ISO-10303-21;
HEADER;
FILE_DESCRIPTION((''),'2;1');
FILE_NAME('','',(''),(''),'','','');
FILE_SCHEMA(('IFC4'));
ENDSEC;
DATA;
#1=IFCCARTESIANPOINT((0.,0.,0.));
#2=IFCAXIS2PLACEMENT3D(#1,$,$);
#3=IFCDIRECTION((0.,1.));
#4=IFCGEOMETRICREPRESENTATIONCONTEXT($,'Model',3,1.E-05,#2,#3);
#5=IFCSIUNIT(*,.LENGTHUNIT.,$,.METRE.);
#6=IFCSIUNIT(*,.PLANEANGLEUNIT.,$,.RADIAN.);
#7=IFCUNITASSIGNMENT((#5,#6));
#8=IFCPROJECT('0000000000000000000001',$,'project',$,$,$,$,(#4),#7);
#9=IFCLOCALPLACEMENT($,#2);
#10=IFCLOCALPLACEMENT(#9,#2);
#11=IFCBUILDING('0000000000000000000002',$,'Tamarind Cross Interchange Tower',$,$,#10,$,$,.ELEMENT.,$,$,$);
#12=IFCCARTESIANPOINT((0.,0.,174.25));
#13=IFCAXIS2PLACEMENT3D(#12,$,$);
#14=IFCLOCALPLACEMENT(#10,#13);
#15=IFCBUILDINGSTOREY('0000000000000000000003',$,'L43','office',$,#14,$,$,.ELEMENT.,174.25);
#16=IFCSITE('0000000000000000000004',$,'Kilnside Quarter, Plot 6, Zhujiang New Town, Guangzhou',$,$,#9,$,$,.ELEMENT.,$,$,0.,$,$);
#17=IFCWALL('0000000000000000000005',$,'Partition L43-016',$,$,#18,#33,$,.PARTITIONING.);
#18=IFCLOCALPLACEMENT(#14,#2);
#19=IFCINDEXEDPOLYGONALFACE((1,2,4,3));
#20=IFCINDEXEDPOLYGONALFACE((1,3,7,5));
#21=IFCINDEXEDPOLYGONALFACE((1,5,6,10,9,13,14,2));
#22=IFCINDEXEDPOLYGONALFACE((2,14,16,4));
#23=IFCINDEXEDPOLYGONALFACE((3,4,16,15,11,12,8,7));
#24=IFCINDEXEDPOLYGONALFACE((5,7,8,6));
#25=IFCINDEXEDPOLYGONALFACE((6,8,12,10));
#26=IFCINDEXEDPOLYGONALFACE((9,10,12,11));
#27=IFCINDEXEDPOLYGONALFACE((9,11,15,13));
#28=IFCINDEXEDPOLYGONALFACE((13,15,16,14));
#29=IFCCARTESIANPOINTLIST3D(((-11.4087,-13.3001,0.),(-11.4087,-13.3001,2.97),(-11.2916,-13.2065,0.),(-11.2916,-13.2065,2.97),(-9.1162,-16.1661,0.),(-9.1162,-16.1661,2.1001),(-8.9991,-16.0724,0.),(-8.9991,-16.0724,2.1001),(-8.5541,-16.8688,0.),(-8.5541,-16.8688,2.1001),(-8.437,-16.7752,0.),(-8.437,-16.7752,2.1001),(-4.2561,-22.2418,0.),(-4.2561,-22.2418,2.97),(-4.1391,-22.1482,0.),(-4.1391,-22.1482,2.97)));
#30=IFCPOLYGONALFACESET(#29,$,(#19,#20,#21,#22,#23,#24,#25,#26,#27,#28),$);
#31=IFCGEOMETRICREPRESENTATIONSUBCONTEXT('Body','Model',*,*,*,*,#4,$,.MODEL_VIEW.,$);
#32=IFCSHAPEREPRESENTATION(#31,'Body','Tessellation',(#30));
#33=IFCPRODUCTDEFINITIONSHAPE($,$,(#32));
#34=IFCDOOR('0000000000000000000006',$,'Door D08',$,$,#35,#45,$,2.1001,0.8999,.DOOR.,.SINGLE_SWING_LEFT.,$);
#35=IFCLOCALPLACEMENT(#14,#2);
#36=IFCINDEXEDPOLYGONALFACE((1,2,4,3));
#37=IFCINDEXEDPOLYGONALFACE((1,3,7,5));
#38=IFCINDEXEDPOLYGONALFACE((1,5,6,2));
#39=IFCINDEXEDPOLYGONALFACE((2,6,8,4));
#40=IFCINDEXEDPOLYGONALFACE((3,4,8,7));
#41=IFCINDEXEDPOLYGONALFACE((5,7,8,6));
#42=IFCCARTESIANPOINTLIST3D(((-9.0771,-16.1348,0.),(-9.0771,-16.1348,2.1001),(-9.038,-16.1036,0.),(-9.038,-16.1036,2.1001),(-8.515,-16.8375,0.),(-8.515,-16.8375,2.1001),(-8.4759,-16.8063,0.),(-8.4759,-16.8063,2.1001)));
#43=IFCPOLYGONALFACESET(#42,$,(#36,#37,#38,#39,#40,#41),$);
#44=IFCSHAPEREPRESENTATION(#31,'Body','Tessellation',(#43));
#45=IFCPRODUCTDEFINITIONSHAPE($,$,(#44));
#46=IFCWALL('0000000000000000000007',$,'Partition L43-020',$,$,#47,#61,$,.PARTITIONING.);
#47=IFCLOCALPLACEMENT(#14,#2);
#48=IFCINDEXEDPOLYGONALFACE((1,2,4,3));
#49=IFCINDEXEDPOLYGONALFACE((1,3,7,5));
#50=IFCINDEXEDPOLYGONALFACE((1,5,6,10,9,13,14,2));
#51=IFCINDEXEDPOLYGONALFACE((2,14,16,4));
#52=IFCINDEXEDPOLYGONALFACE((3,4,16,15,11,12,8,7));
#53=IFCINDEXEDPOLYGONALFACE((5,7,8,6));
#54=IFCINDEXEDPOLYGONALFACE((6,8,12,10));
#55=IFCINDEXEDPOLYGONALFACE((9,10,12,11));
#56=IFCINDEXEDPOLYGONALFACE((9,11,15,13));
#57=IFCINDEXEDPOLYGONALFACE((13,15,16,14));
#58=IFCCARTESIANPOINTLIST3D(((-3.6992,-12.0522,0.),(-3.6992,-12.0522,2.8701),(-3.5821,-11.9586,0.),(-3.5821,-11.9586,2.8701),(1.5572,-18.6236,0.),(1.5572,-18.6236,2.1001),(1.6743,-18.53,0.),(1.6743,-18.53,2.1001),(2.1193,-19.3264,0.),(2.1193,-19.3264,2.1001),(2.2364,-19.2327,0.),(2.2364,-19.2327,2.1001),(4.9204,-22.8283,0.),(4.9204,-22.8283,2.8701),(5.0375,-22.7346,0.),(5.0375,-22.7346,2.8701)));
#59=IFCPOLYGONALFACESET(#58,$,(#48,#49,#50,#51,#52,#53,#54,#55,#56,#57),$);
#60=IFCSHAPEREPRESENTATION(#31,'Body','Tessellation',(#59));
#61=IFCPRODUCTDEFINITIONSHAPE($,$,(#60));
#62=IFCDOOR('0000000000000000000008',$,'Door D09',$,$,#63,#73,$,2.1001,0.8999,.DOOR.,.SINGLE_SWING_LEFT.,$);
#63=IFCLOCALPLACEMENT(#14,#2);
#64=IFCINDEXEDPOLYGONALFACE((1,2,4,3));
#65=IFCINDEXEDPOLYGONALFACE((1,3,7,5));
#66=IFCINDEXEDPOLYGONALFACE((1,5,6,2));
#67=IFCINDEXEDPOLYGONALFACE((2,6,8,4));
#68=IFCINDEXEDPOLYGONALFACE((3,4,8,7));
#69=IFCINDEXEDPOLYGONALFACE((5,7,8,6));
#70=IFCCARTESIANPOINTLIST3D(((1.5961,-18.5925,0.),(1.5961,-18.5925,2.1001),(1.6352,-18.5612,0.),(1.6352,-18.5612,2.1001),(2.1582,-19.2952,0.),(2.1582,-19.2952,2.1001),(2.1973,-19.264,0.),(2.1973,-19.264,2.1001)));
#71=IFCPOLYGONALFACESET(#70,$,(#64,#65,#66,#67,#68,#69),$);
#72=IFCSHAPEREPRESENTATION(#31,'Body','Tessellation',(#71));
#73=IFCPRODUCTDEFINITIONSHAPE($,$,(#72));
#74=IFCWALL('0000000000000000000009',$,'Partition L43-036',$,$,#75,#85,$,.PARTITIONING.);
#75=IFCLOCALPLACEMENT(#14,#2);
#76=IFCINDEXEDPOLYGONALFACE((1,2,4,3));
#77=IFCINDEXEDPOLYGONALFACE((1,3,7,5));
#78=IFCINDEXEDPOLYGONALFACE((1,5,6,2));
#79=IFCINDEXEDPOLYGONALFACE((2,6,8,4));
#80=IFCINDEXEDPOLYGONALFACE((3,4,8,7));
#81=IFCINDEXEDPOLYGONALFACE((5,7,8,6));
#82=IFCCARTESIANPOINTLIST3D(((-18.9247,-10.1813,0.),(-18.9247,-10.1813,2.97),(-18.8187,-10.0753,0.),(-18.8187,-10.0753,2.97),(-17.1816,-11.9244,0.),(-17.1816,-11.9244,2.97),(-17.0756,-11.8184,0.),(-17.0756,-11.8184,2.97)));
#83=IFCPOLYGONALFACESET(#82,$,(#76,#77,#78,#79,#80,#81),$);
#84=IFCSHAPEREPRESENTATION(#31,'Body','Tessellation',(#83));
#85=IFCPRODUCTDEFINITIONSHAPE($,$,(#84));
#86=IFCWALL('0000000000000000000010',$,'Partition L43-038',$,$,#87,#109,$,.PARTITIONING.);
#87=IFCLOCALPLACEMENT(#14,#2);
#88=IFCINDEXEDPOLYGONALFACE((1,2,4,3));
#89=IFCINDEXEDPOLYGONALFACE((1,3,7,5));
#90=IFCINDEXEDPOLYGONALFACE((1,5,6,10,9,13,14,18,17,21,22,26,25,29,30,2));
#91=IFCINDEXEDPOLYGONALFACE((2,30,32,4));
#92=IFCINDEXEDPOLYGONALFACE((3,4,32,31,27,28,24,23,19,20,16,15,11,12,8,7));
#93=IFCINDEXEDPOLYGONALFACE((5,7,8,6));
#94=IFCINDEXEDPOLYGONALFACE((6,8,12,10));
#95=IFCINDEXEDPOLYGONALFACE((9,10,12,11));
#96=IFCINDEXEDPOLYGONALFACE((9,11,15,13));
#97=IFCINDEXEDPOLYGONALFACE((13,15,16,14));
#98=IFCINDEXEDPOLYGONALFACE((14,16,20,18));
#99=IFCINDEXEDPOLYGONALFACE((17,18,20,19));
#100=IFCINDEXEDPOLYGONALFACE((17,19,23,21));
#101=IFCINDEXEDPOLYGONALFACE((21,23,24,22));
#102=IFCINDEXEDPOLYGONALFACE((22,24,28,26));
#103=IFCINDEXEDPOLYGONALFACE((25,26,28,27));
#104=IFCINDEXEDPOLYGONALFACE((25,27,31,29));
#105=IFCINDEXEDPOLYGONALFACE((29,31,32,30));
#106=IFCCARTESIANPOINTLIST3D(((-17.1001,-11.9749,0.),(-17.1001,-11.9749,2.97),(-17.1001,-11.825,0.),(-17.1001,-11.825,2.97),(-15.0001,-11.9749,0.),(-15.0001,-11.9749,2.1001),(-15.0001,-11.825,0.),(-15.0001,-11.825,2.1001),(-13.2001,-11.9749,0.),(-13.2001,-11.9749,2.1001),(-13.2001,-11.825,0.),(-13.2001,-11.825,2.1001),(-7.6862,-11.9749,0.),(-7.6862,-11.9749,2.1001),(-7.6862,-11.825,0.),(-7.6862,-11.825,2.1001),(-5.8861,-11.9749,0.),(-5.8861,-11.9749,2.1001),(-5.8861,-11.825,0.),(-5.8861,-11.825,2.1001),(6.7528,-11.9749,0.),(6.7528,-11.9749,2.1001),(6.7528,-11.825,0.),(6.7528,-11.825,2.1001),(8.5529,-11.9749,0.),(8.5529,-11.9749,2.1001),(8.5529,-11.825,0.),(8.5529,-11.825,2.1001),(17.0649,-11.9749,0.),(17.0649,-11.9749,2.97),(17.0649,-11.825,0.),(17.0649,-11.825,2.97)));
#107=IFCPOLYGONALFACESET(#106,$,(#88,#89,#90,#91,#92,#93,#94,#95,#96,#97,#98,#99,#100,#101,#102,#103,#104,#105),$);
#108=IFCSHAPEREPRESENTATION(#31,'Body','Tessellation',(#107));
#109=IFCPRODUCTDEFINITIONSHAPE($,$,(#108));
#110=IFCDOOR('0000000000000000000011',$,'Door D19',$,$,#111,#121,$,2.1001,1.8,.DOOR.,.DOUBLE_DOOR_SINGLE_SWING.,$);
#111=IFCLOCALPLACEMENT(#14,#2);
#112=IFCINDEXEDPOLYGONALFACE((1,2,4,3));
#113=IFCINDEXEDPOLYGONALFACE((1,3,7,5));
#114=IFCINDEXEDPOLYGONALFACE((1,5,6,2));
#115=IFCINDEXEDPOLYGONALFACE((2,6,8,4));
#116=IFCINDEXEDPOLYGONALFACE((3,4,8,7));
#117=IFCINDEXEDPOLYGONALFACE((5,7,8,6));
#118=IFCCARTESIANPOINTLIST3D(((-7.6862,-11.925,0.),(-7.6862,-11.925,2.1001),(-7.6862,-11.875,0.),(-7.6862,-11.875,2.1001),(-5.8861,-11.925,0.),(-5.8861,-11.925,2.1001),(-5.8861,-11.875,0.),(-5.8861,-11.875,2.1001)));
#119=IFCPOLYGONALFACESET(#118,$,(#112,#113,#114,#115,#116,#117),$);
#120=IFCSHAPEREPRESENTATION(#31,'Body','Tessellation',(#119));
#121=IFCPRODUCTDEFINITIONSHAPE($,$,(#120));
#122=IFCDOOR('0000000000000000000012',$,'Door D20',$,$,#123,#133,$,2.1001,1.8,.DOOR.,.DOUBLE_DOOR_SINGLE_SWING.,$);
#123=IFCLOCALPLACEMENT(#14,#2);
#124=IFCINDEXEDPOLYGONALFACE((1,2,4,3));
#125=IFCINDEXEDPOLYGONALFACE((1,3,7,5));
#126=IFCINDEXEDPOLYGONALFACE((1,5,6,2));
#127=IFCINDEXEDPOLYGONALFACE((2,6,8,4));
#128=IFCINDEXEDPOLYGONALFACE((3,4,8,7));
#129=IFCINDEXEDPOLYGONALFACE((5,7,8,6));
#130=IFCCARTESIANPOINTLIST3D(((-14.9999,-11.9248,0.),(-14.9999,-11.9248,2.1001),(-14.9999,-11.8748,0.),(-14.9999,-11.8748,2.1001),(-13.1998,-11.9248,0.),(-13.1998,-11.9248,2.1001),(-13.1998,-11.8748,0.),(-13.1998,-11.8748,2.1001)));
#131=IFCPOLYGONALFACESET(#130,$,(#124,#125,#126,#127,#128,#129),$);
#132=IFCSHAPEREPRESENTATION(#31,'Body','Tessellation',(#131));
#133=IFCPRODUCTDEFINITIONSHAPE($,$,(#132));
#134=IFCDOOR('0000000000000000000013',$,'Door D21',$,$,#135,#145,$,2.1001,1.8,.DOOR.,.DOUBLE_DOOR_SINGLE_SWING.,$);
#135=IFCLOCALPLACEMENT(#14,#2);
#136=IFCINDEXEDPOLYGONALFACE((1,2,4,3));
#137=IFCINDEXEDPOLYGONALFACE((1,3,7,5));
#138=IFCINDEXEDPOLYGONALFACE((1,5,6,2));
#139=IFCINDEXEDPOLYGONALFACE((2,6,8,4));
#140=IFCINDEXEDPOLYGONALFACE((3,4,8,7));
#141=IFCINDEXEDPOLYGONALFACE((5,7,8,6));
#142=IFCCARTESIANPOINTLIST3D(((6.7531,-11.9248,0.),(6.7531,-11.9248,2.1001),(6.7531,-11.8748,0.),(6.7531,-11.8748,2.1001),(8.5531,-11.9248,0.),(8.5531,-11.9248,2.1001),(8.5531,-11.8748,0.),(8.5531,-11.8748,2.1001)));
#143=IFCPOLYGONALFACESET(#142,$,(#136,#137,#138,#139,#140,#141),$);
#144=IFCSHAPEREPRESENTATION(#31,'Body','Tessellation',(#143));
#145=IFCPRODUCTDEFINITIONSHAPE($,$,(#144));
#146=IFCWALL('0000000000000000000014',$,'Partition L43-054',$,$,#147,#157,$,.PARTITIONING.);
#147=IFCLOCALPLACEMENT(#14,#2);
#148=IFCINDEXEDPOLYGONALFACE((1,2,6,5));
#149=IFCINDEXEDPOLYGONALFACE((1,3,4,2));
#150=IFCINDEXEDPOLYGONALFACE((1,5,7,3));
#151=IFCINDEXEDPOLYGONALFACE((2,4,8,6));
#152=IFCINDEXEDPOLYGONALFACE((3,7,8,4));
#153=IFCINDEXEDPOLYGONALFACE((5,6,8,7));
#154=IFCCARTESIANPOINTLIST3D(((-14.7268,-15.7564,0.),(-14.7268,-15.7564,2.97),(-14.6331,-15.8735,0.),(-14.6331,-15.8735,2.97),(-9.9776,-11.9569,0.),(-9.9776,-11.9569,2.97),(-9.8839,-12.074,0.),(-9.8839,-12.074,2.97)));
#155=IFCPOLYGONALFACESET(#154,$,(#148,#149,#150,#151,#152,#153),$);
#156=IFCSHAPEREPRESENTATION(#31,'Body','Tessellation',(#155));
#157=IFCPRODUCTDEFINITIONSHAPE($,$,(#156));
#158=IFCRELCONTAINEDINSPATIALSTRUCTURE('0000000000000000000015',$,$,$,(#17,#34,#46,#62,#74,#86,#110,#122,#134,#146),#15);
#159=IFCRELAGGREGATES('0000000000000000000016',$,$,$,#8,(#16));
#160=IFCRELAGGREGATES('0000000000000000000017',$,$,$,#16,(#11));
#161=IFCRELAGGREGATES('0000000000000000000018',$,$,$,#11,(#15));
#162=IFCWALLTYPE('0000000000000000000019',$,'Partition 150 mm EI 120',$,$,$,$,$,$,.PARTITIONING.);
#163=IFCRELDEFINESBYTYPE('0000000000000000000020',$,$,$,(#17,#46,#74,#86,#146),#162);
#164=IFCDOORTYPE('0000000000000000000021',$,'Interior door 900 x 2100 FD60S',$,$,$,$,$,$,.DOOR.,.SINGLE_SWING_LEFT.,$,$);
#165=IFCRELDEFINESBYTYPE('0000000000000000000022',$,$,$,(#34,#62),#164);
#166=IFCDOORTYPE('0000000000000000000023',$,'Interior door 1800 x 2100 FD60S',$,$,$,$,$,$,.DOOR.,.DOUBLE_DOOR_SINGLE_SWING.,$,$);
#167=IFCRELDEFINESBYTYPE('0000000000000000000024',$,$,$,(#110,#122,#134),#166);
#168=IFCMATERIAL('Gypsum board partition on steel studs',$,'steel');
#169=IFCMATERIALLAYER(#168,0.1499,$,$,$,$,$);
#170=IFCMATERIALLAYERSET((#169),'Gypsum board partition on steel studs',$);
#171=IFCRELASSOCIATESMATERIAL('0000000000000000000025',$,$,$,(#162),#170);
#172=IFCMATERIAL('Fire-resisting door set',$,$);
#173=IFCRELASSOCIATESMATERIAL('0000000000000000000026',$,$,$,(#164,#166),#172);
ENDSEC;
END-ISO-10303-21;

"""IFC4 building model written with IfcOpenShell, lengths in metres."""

from ifc_helpers import new_model, si_unit, direction, frame, frame_2d, origin, place, context, subcontext, project, spatial, rectangle, extrude, material, layer, layer_set, type_object, element, fill, save


model = new_model("IFC4")

# Units and contexts
model_context = context("Model", 3, precision=1e-05, world=origin(), true_north=direction((0.0, 1.0)))
body_context = subcontext(model_context, "Body", "Model", "MODEL_VIEW")
ifc_project = project(units=[si_unit("LENGTHUNIT", "METRE"), si_unit("PLANEANGLEUNIT", "RADIAN")], contexts=[model_context])

# Site, building, storey
site_placement = place(None, origin())
site = spatial("IfcSite", under=ifc_project, at=site_placement, Name="Kilnside Quarter, Plot 6, Zhujiang New Town, Guangzhou", CompositionType="ELEMENT", RefElevation=0.0)
building_placement = place(site_placement, origin())
building = spatial("IfcBuilding", under=site, at=building_placement, Name="Tamarind Cross Interchange Tower", CompositionType="ELEMENT")
storey_placement = place(building_placement, frame((0.0, 0.0, 174.25)))
storey = spatial("IfcBuildingStorey", under=building, at=storey_placement, Name="L43", Description="office", CompositionType="ELEMENT", Elevation=174.25)

# Shared definitions
ifc_material_1 = material(Name="Gypsum board partition on steel studs", Category="steel")

# Walls, openings, doors
ifc_layer_1 = layer(ifc_material_1, 0.1499)
ifc_layer_set_1 = layer_set([ifc_layer_1], Name="Gypsum board partition on steel studs")
wall_type_1 = type_object("IfcWallType", Name="Partition 150 mm EI 120", PredefinedType="PARTITIONING", material=ifc_layer_set_1)
wall_1_placement = place(storey_placement, frame((-11.3501, -13.2534, 0.0), z_axis=(0.0, 0.0, 1.0), x_axis=(0.624656, -0.7809, 0.0)))
wall_1 = element("IfcWall", 1, at=wall_1_placement, inside=storey, type_object=wall_type_1, Name="Partition L43-016", PredefinedType="PARTITIONING", context=body_context, shape_type="SweptSolid", body=[
    extrude(rectangle(XDim=11.4504, YDim=0.1499, at=frame_2d((5.7251, 0.0))), origin(), (0.0, 0.0, 1.0), 2.97),
])
opening_1_placement = place(wall_1_placement, frame((3.6699, 0.0, 0.0)))
opening_1 = element("IfcOpeningElement", 2, at=opening_1_placement, cuts=wall_1, PredefinedType="OPENING", context=body_context, shape_type="SweptSolid", body=[
    extrude(rectangle(XDim=0.8999, YDim=2.1001, at=frame_2d((0.45, 1.05))), frame((0.0, 0.085, 0.0), z_axis=(0.0, -1.0, 0.0), x_axis=(1.0, 0.0, 0.0)), (0.0, 0.0, 1.0), 0.1699),
])
ifc_material_2 = material(Name="Fire-resisting door set")
door_type_1 = type_object("IfcDoorType", Name="Interior door 900 x 2100 FD60S", OperationType="SINGLE_SWING_LEFT", PredefinedType="DOOR", material=ifc_material_2)
door_1_placement = place(opening_1_placement, frame((0.8999, 0.0, 0.0), z_axis=(0.0, 0.0, 1.0), x_axis=(-1.0, 0.0, 0.0)))
door_1 = element("IfcDoor", 3, at=door_1_placement, inside=storey, type_object=door_type_1, Name="Door D08", OperationType="SINGLE_SWING_LEFT", OverallHeight=2.1001, OverallWidth=0.8999, PredefinedType="DOOR", context=body_context, shape_type="SweptSolid", body=[
    extrude(rectangle(XDim=0.8999, YDim=2.1001, at=frame_2d((0.45, 1.05))), frame((0.0, 0.0249, 0.0), z_axis=(0.0, -1.0, 0.0), x_axis=(1.0, 0.0, 0.0)), (0.0, 0.0, 1.0), 0.05),
])
fill(opening_1, door_1)
wall_2_placement = place(storey_placement, frame((-3.6406, -12.0054, 0.0), z_axis=(0.0, 0.0, 1.0), x_axis=(0.624639, -0.780914, 0.0)))
wall_2 = element("IfcWall", 4, at=wall_2_placement, inside=storey, type_object=wall_type_1, Name="Partition L43-020", PredefinedType="PARTITIONING", context=body_context, shape_type="SweptSolid", body=[
    extrude(rectangle(XDim=13.7993, YDim=0.1499, at=frame_2d((6.8997, 0.0))), origin(), (0.0, 0.0, 1.0), 2.8701),
])
opening_2_placement = place(wall_2_placement, frame((8.415, 0.0, 0.0)))
opening_2 = element("IfcOpeningElement", 5, at=opening_2_placement, cuts=wall_2, PredefinedType="OPENING", context=body_context, shape_type="SweptSolid", body=[
    extrude(rectangle(XDim=0.8999, YDim=2.1001, at=frame_2d((0.45, 1.05))), frame((0.0, 0.085, 0.0), z_axis=(0.0, -1.0, 0.0), x_axis=(1.0, 0.0, 0.0)), (0.0, 0.0, 1.0), 0.1699),
])
door_2_placement = place(opening_2_placement, origin())
door_2 = element("IfcDoor", 6, at=door_2_placement, inside=storey, type_object=door_type_1, Name="Door D09", OperationType="SINGLE_SWING_LEFT", OverallHeight=2.1001, OverallWidth=0.8999, PredefinedType="DOOR", context=body_context, shape_type="SweptSolid", body=[
    extrude(rectangle(XDim=0.8999, YDim=2.1001, at=frame_2d((0.45, 1.05))), frame((0.0, 0.0249, 0.0), z_axis=(0.0, -1.0, 0.0), x_axis=(1.0, 0.0, 0.0)), (0.0, 0.0, 1.0), 0.05),
])
fill(opening_2, door_2)

# Wall
wall_3_placement = place(storey_placement, frame((-18.8716, -10.1284, 0.0), z_axis=(0.0, 0.0, 1.0), x_axis=(0.707107, -0.707107, 0.0)))
element("IfcWall", 7, at=wall_3_placement, inside=storey, type_object=wall_type_1, Name="Partition L43-036", PredefinedType="PARTITIONING", context=body_context, shape_type="SweptSolid", body=[
    extrude(rectangle(XDim=2.4651, YDim=0.1499, at=frame_2d((1.2324, 0.0))), origin(), (0.0, 0.0, 1.0), 2.97),
])

# Wall, openings, doors
wall_4_placement = place(storey_placement, frame((-17.1001, -11.8999, 0.0), z_axis=(0.0, 0.0, 1.0), x_axis=(1.0, 0.0, 0.0)))
wall_4 = element("IfcWall", 8, at=wall_4_placement, inside=storey, type_object=wall_type_1, Name="Partition L43-038", PredefinedType="PARTITIONING", context=body_context, shape_type="SweptSolid", body=[
    extrude(rectangle(XDim=34.165, YDim=0.1499, at=frame_2d((17.0825, 0.0))), origin(), (0.0, 0.0, 1.0), 2.97),
])
opening_3_placement = place(wall_4_placement, frame((9.4141, 0.0, 0.0)))
opening_3 = element("IfcOpeningElement", 9, at=opening_3_placement, cuts=wall_4, PredefinedType="OPENING", context=body_context, shape_type="SweptSolid", body=[
    extrude(rectangle(XDim=1.8, YDim=2.1001, at=frame_2d((0.8999, 1.05))), frame((0.0, 0.085, 0.0), z_axis=(0.0, -1.0, 0.0), x_axis=(1.0, 0.0, 0.0)), (0.0, 0.0, 1.0), 0.1699),
])
opening_4_placement = place(wall_4_placement, frame((2.1001, 0.0, 0.0)))
opening_4 = element("IfcOpeningElement", 10, at=opening_4_placement, cuts=wall_4, PredefinedType="OPENING", context=body_context, shape_type="SweptSolid", body=[
    extrude(rectangle(XDim=1.8, YDim=2.1001, at=frame_2d((0.8999, 1.05))), frame((0.0, 0.085, 0.0), z_axis=(0.0, -1.0, 0.0), x_axis=(1.0, 0.0, 0.0)), (0.0, 0.0, 1.0), 0.1699),
])
opening_5_placement = place(wall_4_placement, frame((23.853, 0.0, 0.0)))
opening_5 = element("IfcOpeningElement", 11, at=opening_5_placement, cuts=wall_4, PredefinedType="OPENING", context=body_context, shape_type="SweptSolid", body=[
    extrude(rectangle(XDim=1.8, YDim=2.1001, at=frame_2d((0.8999, 1.05))), frame((0.0, 0.085, 0.0), z_axis=(0.0, -1.0, 0.0), x_axis=(1.0, 0.0, 0.0)), (0.0, 0.0, 1.0), 0.1699),
])
door_type_2 = type_object("IfcDoorType", Name="Interior door 1800 x 2100 FD60S", OperationType="DOUBLE_DOOR_SINGLE_SWING", PredefinedType="DOOR", material=ifc_material_2)
door_3_placement = place(opening_3_placement, origin())
door_3 = element("IfcDoor", 12, at=door_3_placement, inside=storey, type_object=door_type_2, Name="Door D19", OperationType="DOUBLE_DOOR_SINGLE_SWING", OverallHeight=2.1001, OverallWidth=1.8, PredefinedType="DOOR", context=body_context, shape_type="SweptSolid", body=[
    extrude(rectangle(XDim=1.8, YDim=2.1001, at=frame_2d((0.8999, 1.05))), frame((0.0, 0.0249, 0.0), z_axis=(0.0, -1.0, 0.0), x_axis=(1.0, 0.0, 0.0)), (0.0, 0.0, 1.0), 0.05),
])
fill(opening_3, door_3)
door_4_placement = place(opening_4_placement, frame((1.8, 0.0, 0.0), z_axis=(0.0, 0.0, 1.0), x_axis=(-1.0, 0.0, 0.0)))
door_4 = element("IfcDoor", 13, at=door_4_placement, inside=storey, type_object=door_type_2, Name="Door D20", OperationType="DOUBLE_DOOR_SINGLE_SWING", OverallHeight=2.1001, OverallWidth=1.8, PredefinedType="DOOR", context=body_context, shape_type="SweptSolid", body=[
    extrude(rectangle(XDim=1.8, YDim=2.1001, at=frame_2d((0.8999, 1.05))), frame((0.0, 0.0249, 0.0), z_axis=(0.0, -1.0, 0.0), x_axis=(1.0, 0.0, 0.0)), (0.0, 0.0, 1.0), 0.05),
])
fill(opening_4, door_4)
door_5_placement = place(opening_5_placement, frame((1.8, 0.0, 0.0), z_axis=(0.0, 0.0, 1.0), x_axis=(-1.0, 0.0, 0.0)))
door_5 = element("IfcDoor", 14, at=door_5_placement, inside=storey, type_object=door_type_2, Name="Door D21", OperationType="DOUBLE_DOOR_SINGLE_SWING", OverallHeight=2.1001, OverallWidth=1.8, PredefinedType="DOOR", context=body_context, shape_type="SweptSolid", body=[
    extrude(rectangle(XDim=1.8, YDim=2.1001, at=frame_2d((0.8999, 1.05))), frame((0.0, 0.0249, 0.0), z_axis=(0.0, -1.0, 0.0), x_axis=(1.0, 0.0, 0.0)), (0.0, 0.0, 1.0), 0.05),
])
fill(opening_5, door_5)

# Wall
wall_5_placement = place(storey_placement, frame((-14.6799, -15.8149, 0.0), z_axis=(0.0, 0.0, 1.0), x_axis=(0.780857, 0.62471, 0.0)))
element("IfcWall", 15, at=wall_5_placement, inside=storey, type_object=wall_type_1, Name="Partition L43-054", PredefinedType="PARTITIONING", context=body_context, shape_type="SweptSolid", body=[
    extrude(rectangle(XDim=6.082, YDim=0.1499, at=frame_2d((3.041, 0.0))), origin(), (0.0, 0.0, 1.0), 2.97),
])

save(model, "model.ifc")
